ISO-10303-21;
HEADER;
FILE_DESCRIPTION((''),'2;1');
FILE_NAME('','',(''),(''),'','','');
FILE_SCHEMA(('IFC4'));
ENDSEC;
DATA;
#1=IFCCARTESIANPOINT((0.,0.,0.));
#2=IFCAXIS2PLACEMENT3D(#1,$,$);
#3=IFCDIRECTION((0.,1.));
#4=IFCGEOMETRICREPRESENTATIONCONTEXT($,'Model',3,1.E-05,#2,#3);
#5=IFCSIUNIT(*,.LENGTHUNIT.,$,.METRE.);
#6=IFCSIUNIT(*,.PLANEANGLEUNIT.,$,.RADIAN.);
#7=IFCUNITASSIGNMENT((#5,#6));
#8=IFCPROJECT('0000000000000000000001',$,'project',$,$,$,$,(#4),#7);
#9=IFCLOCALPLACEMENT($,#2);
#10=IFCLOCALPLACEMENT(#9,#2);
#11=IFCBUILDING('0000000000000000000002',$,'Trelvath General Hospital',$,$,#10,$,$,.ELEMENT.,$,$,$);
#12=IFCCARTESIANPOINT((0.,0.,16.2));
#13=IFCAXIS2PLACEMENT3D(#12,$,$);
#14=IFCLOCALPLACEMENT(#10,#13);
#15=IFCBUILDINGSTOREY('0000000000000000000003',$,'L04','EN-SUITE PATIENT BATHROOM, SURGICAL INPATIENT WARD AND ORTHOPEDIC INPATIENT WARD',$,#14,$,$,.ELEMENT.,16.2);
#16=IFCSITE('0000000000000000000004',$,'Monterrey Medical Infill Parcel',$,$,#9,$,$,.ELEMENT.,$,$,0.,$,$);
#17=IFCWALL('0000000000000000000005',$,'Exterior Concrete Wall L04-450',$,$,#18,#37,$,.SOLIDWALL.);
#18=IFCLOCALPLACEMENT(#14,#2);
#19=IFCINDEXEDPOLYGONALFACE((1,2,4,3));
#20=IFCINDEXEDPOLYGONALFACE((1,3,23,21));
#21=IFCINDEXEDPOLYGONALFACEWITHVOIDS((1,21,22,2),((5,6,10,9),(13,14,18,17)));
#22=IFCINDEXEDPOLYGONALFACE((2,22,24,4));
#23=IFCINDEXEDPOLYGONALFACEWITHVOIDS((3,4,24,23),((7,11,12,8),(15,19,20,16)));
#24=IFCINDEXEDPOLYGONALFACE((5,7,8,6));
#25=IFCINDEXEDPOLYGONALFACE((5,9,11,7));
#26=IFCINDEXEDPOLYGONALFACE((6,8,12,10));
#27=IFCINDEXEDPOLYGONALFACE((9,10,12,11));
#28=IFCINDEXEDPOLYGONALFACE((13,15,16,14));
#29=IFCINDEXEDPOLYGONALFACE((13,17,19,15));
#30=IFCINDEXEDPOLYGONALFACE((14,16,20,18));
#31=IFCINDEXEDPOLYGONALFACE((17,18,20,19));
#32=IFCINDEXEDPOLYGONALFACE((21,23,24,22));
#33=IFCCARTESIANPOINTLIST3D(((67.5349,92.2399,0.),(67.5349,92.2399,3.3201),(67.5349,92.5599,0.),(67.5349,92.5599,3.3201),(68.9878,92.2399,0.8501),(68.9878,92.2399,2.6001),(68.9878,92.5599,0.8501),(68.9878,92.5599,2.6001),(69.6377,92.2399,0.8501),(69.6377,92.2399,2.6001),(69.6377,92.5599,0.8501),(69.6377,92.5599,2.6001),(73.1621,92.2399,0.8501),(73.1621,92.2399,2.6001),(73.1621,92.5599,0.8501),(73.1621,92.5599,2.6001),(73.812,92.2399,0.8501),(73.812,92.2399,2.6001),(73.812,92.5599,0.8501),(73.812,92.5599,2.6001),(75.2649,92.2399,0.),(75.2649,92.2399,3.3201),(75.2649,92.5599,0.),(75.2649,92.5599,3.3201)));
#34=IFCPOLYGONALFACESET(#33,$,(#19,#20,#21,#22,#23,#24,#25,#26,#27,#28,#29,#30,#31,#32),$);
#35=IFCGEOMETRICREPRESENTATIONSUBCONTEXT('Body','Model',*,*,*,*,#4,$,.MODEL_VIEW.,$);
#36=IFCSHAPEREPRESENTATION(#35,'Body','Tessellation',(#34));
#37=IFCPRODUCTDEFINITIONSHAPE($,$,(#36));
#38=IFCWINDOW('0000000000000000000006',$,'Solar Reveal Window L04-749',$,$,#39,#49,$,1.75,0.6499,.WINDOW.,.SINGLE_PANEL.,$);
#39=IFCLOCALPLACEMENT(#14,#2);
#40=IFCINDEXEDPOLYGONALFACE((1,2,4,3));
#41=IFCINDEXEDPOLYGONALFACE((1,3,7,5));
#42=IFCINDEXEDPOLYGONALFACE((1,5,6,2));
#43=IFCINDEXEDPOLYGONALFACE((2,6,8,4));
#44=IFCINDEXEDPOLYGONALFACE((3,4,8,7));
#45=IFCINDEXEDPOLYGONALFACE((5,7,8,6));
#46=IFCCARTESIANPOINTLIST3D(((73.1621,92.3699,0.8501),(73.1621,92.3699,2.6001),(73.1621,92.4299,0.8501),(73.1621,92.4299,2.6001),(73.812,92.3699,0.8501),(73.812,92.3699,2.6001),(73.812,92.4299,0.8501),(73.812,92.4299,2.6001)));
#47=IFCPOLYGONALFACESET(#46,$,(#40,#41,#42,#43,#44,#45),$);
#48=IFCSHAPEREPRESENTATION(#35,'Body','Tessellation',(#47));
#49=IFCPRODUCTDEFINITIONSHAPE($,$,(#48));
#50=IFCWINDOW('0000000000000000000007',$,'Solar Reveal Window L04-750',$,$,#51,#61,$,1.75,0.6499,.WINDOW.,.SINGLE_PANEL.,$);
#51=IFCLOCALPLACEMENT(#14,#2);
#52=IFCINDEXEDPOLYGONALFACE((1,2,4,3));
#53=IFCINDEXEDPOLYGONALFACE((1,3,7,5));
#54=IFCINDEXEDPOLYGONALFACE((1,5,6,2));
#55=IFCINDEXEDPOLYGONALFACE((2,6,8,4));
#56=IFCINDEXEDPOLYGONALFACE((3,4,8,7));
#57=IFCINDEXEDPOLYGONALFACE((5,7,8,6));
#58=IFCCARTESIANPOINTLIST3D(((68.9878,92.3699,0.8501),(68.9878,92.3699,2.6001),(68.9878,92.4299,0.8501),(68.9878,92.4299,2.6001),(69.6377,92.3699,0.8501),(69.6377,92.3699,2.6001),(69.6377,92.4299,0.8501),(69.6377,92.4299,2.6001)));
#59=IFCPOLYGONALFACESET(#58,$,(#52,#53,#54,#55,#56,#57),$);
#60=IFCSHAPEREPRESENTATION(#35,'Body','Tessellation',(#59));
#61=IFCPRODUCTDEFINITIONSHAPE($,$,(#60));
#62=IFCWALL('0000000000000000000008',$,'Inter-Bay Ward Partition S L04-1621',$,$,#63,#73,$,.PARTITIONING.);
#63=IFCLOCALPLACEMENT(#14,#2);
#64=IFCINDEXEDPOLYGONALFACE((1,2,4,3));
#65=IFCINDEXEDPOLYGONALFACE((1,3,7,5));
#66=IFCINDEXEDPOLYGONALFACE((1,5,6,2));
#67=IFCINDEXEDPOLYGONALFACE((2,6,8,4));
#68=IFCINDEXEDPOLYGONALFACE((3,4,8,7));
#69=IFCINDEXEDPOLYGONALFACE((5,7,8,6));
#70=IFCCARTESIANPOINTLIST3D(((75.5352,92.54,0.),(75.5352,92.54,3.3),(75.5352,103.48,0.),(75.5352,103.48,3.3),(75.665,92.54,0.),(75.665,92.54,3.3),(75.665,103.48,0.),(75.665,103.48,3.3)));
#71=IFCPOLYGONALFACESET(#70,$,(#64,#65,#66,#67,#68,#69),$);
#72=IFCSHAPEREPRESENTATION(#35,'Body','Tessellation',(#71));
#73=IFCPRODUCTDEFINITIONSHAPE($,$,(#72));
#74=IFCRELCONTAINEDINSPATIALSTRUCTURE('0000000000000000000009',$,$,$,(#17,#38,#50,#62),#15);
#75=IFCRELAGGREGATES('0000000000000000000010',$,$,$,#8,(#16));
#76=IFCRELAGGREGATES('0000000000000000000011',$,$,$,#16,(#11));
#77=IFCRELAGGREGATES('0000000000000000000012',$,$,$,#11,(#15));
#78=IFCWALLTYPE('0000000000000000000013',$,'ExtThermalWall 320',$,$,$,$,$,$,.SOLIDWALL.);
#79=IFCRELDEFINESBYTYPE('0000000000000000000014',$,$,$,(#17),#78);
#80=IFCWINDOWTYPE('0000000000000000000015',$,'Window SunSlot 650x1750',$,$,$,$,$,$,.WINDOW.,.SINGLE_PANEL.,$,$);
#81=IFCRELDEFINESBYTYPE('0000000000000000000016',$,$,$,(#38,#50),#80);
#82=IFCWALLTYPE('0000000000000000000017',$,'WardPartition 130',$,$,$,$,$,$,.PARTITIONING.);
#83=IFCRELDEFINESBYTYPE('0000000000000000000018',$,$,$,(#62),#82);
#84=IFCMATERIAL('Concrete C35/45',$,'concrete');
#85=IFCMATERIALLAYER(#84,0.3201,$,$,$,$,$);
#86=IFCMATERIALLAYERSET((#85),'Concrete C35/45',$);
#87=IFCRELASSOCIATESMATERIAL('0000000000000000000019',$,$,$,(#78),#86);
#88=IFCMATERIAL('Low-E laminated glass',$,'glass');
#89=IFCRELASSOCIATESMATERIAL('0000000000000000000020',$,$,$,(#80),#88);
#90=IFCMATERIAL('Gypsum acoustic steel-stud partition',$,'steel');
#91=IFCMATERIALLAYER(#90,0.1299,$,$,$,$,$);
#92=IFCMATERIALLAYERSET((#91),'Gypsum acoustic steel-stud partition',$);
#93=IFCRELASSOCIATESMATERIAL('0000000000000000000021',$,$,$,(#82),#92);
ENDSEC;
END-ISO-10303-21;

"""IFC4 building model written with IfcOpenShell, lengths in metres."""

from ifc_helpers import new_model, si_unit, direction, frame, frame_2d, origin, place, context, subcontext, project, spatial, rectangle, extrude, material, layer, layer_set, type_object, element, fill, save


model = new_model("IFC4")

# Units and contexts
model_context = context("Model", 3, precision=1e-05, world=origin(), true_north=direction((0.0, 1.0)))
body_context = subcontext(model_context, "Body", "Model", "MODEL_VIEW")
ifc_project = project(units=[si_unit("LENGTHUNIT", "METRE"), si_unit("PLANEANGLEUNIT", "RADIAN")], contexts=[model_context])

# Site, building, storey
site_placement = place(None, origin())
site = spatial("IfcSite", under=ifc_project, at=site_placement, Name="Monterrey Medical Infill Parcel", CompositionType="ELEMENT", RefElevation=0.0)
building_placement = place(site_placement, origin())
building = spatial("IfcBuilding", under=site, at=building_placement, Name="Trelvath General Hospital", CompositionType="ELEMENT")
storey_placement = place(building_placement, frame((0.0, 0.0, 16.2)))
storey = spatial("IfcBuildingStorey", under=building, at=storey_placement, Name="L04", Description="EN-SUITE PATIENT BATHROOM, SURGICAL INPATIENT WARD AND ORTHOPEDIC INPATIENT WARD", CompositionType="ELEMENT", Elevation=16.2)

# Wall, openings, windows
ifc_material_1 = material(Name="Concrete C35/45", Category="concrete")
ifc_layer_1 = layer(ifc_material_1, 0.3201)
ifc_layer_set_1 = layer_set([ifc_layer_1], Name="Concrete C35/45")
wall_type_1 = type_object("IfcWallType", Name="ExtThermalWall 320", PredefinedType="SOLIDWALL", material=ifc_layer_set_1)
wall_1_placement = place(storey_placement, frame((75.2649, 92.3999, 0.0), z_axis=(0.0, 0.0, 1.0), x_axis=(-1.0, 0.0, 0.0)))
wall_1 = element("IfcWall", 1, at=wall_1_placement, inside=storey, type_object=wall_type_1, Name="Exterior Concrete Wall L04-450", PredefinedType="SOLIDWALL", context=body_context, shape_type="SweptSolid", body=[
    extrude(rectangle(XDim=7.73, YDim=0.3201, at=frame_2d((3.865, 0.0))), origin(), (0.0, 0.0, 1.0), 3.3201),
])
opening_1_placement = place(wall_1_placement, frame((1.4529, 0.0, 0.8501)))
opening_1 = element("IfcOpeningElement", 2, at=opening_1_placement, cuts=wall_1, PredefinedType="OPENING", context=body_context, shape_type="SweptSolid", body=[
    extrude(rectangle(XDim=0.6499, YDim=1.75, at=frame_2d((0.325, 0.875))), frame((0.0, 0.1699, 0.0), z_axis=(0.0, -1.0, 0.0), x_axis=(1.0, 0.0, 0.0)), (0.0, 0.0, 1.0), 0.3401),
])
opening_2_placement = place(wall_1_placement, frame((5.6272, 0.0, 0.8501)))
opening_2 = element("IfcOpeningElement", 3, at=opening_2_placement, cuts=wall_1, PredefinedType="OPENING", context=body_context, shape_type="SweptSolid", body=[
    extrude(rectangle(XDim=0.6499, YDim=1.75, at=frame_2d((0.325, 0.875))), frame((0.0, 0.1699, 0.0), z_axis=(0.0, -1.0, 0.0), x_axis=(1.0, 0.0, 0.0)), (0.0, 0.0, 1.0), 0.3401),
])
ifc_material_2 = material(Name="Low-E laminated glass", Category="glass")
window_type = type_object("IfcWindowType", Name="Window SunSlot 650x1750", PartitioningType="SINGLE_PANEL", PredefinedType="WINDOW", material=ifc_material_2)
window_1_placement = place(opening_1_placement, origin())
window_1 = element("IfcWindow", 4, at=window_1_placement, inside=storey, type_object=window_type, Name="Solar Reveal Window L04-749", OverallHeight=1.75, OverallWidth=0.6499, PartitioningType="SINGLE_PANEL", PredefinedType="WINDOW", context=body_context, shape_type="SweptSolid", body=[
    extrude(rectangle(XDim=0.6499, YDim=1.75, at=frame_2d((0.325, 0.875))), frame((0.0, 0.03, 0.0), z_axis=(0.0, -1.0, 0.0), x_axis=(1.0, 0.0, 0.0)), (0.0, 0.0, 1.0), 0.0601),
])
fill(opening_1, window_1)
window_2_placement = place(opening_2_placement, origin())
window_2 = element("IfcWindow", 5, at=window_2_placement, inside=storey, type_object=window_type, Name="Solar Reveal Window L04-750", OverallHeight=1.75, OverallWidth=0.6499, PartitioningType="SINGLE_PANEL", PredefinedType="WINDOW", context=body_context, shape_type="SweptSolid", body=[
    extrude(rectangle(XDim=0.6499, YDim=1.75, at=frame_2d((0.325, 0.875))), frame((0.0, 0.03, 0.0), z_axis=(0.0, -1.0, 0.0), x_axis=(1.0, 0.0, 0.0)), (0.0, 0.0, 1.0), 0.0601),
])
fill(opening_2, window_2)

# Wall
ifc_material_3 = material(Name="Gypsum acoustic steel-stud partition", Category="steel")
ifc_layer_2 = layer(ifc_material_3, 0.1299)
ifc_layer_set_2 = layer_set([ifc_layer_2], Name="Gypsum acoustic steel-stud partition")
wall_type_2 = type_object("IfcWallType", Name="WardPartition 130", PredefinedType="PARTITIONING", material=ifc_layer_set_2)
wall_2_placement = place(storey_placement, frame((75.6001, 92.54, 0.0), z_axis=(0.0, 0.0, 1.0), x_axis=(0.0, 1.0, 0.0)))
element("IfcWall", 6, at=wall_2_placement, inside=storey, type_object=wall_type_2, Name="Inter-Bay Ward Partition S L04-1621", PredefinedType="PARTITIONING", context=body_context, shape_type="SweptSolid", body=[
    extrude(rectangle(XDim=10.9399, YDim=0.1299, at=frame_2d((5.47, 0.0))), origin(), (0.0, 0.0, 1.0), 3.3),
])

save(model, "model.ifc")
